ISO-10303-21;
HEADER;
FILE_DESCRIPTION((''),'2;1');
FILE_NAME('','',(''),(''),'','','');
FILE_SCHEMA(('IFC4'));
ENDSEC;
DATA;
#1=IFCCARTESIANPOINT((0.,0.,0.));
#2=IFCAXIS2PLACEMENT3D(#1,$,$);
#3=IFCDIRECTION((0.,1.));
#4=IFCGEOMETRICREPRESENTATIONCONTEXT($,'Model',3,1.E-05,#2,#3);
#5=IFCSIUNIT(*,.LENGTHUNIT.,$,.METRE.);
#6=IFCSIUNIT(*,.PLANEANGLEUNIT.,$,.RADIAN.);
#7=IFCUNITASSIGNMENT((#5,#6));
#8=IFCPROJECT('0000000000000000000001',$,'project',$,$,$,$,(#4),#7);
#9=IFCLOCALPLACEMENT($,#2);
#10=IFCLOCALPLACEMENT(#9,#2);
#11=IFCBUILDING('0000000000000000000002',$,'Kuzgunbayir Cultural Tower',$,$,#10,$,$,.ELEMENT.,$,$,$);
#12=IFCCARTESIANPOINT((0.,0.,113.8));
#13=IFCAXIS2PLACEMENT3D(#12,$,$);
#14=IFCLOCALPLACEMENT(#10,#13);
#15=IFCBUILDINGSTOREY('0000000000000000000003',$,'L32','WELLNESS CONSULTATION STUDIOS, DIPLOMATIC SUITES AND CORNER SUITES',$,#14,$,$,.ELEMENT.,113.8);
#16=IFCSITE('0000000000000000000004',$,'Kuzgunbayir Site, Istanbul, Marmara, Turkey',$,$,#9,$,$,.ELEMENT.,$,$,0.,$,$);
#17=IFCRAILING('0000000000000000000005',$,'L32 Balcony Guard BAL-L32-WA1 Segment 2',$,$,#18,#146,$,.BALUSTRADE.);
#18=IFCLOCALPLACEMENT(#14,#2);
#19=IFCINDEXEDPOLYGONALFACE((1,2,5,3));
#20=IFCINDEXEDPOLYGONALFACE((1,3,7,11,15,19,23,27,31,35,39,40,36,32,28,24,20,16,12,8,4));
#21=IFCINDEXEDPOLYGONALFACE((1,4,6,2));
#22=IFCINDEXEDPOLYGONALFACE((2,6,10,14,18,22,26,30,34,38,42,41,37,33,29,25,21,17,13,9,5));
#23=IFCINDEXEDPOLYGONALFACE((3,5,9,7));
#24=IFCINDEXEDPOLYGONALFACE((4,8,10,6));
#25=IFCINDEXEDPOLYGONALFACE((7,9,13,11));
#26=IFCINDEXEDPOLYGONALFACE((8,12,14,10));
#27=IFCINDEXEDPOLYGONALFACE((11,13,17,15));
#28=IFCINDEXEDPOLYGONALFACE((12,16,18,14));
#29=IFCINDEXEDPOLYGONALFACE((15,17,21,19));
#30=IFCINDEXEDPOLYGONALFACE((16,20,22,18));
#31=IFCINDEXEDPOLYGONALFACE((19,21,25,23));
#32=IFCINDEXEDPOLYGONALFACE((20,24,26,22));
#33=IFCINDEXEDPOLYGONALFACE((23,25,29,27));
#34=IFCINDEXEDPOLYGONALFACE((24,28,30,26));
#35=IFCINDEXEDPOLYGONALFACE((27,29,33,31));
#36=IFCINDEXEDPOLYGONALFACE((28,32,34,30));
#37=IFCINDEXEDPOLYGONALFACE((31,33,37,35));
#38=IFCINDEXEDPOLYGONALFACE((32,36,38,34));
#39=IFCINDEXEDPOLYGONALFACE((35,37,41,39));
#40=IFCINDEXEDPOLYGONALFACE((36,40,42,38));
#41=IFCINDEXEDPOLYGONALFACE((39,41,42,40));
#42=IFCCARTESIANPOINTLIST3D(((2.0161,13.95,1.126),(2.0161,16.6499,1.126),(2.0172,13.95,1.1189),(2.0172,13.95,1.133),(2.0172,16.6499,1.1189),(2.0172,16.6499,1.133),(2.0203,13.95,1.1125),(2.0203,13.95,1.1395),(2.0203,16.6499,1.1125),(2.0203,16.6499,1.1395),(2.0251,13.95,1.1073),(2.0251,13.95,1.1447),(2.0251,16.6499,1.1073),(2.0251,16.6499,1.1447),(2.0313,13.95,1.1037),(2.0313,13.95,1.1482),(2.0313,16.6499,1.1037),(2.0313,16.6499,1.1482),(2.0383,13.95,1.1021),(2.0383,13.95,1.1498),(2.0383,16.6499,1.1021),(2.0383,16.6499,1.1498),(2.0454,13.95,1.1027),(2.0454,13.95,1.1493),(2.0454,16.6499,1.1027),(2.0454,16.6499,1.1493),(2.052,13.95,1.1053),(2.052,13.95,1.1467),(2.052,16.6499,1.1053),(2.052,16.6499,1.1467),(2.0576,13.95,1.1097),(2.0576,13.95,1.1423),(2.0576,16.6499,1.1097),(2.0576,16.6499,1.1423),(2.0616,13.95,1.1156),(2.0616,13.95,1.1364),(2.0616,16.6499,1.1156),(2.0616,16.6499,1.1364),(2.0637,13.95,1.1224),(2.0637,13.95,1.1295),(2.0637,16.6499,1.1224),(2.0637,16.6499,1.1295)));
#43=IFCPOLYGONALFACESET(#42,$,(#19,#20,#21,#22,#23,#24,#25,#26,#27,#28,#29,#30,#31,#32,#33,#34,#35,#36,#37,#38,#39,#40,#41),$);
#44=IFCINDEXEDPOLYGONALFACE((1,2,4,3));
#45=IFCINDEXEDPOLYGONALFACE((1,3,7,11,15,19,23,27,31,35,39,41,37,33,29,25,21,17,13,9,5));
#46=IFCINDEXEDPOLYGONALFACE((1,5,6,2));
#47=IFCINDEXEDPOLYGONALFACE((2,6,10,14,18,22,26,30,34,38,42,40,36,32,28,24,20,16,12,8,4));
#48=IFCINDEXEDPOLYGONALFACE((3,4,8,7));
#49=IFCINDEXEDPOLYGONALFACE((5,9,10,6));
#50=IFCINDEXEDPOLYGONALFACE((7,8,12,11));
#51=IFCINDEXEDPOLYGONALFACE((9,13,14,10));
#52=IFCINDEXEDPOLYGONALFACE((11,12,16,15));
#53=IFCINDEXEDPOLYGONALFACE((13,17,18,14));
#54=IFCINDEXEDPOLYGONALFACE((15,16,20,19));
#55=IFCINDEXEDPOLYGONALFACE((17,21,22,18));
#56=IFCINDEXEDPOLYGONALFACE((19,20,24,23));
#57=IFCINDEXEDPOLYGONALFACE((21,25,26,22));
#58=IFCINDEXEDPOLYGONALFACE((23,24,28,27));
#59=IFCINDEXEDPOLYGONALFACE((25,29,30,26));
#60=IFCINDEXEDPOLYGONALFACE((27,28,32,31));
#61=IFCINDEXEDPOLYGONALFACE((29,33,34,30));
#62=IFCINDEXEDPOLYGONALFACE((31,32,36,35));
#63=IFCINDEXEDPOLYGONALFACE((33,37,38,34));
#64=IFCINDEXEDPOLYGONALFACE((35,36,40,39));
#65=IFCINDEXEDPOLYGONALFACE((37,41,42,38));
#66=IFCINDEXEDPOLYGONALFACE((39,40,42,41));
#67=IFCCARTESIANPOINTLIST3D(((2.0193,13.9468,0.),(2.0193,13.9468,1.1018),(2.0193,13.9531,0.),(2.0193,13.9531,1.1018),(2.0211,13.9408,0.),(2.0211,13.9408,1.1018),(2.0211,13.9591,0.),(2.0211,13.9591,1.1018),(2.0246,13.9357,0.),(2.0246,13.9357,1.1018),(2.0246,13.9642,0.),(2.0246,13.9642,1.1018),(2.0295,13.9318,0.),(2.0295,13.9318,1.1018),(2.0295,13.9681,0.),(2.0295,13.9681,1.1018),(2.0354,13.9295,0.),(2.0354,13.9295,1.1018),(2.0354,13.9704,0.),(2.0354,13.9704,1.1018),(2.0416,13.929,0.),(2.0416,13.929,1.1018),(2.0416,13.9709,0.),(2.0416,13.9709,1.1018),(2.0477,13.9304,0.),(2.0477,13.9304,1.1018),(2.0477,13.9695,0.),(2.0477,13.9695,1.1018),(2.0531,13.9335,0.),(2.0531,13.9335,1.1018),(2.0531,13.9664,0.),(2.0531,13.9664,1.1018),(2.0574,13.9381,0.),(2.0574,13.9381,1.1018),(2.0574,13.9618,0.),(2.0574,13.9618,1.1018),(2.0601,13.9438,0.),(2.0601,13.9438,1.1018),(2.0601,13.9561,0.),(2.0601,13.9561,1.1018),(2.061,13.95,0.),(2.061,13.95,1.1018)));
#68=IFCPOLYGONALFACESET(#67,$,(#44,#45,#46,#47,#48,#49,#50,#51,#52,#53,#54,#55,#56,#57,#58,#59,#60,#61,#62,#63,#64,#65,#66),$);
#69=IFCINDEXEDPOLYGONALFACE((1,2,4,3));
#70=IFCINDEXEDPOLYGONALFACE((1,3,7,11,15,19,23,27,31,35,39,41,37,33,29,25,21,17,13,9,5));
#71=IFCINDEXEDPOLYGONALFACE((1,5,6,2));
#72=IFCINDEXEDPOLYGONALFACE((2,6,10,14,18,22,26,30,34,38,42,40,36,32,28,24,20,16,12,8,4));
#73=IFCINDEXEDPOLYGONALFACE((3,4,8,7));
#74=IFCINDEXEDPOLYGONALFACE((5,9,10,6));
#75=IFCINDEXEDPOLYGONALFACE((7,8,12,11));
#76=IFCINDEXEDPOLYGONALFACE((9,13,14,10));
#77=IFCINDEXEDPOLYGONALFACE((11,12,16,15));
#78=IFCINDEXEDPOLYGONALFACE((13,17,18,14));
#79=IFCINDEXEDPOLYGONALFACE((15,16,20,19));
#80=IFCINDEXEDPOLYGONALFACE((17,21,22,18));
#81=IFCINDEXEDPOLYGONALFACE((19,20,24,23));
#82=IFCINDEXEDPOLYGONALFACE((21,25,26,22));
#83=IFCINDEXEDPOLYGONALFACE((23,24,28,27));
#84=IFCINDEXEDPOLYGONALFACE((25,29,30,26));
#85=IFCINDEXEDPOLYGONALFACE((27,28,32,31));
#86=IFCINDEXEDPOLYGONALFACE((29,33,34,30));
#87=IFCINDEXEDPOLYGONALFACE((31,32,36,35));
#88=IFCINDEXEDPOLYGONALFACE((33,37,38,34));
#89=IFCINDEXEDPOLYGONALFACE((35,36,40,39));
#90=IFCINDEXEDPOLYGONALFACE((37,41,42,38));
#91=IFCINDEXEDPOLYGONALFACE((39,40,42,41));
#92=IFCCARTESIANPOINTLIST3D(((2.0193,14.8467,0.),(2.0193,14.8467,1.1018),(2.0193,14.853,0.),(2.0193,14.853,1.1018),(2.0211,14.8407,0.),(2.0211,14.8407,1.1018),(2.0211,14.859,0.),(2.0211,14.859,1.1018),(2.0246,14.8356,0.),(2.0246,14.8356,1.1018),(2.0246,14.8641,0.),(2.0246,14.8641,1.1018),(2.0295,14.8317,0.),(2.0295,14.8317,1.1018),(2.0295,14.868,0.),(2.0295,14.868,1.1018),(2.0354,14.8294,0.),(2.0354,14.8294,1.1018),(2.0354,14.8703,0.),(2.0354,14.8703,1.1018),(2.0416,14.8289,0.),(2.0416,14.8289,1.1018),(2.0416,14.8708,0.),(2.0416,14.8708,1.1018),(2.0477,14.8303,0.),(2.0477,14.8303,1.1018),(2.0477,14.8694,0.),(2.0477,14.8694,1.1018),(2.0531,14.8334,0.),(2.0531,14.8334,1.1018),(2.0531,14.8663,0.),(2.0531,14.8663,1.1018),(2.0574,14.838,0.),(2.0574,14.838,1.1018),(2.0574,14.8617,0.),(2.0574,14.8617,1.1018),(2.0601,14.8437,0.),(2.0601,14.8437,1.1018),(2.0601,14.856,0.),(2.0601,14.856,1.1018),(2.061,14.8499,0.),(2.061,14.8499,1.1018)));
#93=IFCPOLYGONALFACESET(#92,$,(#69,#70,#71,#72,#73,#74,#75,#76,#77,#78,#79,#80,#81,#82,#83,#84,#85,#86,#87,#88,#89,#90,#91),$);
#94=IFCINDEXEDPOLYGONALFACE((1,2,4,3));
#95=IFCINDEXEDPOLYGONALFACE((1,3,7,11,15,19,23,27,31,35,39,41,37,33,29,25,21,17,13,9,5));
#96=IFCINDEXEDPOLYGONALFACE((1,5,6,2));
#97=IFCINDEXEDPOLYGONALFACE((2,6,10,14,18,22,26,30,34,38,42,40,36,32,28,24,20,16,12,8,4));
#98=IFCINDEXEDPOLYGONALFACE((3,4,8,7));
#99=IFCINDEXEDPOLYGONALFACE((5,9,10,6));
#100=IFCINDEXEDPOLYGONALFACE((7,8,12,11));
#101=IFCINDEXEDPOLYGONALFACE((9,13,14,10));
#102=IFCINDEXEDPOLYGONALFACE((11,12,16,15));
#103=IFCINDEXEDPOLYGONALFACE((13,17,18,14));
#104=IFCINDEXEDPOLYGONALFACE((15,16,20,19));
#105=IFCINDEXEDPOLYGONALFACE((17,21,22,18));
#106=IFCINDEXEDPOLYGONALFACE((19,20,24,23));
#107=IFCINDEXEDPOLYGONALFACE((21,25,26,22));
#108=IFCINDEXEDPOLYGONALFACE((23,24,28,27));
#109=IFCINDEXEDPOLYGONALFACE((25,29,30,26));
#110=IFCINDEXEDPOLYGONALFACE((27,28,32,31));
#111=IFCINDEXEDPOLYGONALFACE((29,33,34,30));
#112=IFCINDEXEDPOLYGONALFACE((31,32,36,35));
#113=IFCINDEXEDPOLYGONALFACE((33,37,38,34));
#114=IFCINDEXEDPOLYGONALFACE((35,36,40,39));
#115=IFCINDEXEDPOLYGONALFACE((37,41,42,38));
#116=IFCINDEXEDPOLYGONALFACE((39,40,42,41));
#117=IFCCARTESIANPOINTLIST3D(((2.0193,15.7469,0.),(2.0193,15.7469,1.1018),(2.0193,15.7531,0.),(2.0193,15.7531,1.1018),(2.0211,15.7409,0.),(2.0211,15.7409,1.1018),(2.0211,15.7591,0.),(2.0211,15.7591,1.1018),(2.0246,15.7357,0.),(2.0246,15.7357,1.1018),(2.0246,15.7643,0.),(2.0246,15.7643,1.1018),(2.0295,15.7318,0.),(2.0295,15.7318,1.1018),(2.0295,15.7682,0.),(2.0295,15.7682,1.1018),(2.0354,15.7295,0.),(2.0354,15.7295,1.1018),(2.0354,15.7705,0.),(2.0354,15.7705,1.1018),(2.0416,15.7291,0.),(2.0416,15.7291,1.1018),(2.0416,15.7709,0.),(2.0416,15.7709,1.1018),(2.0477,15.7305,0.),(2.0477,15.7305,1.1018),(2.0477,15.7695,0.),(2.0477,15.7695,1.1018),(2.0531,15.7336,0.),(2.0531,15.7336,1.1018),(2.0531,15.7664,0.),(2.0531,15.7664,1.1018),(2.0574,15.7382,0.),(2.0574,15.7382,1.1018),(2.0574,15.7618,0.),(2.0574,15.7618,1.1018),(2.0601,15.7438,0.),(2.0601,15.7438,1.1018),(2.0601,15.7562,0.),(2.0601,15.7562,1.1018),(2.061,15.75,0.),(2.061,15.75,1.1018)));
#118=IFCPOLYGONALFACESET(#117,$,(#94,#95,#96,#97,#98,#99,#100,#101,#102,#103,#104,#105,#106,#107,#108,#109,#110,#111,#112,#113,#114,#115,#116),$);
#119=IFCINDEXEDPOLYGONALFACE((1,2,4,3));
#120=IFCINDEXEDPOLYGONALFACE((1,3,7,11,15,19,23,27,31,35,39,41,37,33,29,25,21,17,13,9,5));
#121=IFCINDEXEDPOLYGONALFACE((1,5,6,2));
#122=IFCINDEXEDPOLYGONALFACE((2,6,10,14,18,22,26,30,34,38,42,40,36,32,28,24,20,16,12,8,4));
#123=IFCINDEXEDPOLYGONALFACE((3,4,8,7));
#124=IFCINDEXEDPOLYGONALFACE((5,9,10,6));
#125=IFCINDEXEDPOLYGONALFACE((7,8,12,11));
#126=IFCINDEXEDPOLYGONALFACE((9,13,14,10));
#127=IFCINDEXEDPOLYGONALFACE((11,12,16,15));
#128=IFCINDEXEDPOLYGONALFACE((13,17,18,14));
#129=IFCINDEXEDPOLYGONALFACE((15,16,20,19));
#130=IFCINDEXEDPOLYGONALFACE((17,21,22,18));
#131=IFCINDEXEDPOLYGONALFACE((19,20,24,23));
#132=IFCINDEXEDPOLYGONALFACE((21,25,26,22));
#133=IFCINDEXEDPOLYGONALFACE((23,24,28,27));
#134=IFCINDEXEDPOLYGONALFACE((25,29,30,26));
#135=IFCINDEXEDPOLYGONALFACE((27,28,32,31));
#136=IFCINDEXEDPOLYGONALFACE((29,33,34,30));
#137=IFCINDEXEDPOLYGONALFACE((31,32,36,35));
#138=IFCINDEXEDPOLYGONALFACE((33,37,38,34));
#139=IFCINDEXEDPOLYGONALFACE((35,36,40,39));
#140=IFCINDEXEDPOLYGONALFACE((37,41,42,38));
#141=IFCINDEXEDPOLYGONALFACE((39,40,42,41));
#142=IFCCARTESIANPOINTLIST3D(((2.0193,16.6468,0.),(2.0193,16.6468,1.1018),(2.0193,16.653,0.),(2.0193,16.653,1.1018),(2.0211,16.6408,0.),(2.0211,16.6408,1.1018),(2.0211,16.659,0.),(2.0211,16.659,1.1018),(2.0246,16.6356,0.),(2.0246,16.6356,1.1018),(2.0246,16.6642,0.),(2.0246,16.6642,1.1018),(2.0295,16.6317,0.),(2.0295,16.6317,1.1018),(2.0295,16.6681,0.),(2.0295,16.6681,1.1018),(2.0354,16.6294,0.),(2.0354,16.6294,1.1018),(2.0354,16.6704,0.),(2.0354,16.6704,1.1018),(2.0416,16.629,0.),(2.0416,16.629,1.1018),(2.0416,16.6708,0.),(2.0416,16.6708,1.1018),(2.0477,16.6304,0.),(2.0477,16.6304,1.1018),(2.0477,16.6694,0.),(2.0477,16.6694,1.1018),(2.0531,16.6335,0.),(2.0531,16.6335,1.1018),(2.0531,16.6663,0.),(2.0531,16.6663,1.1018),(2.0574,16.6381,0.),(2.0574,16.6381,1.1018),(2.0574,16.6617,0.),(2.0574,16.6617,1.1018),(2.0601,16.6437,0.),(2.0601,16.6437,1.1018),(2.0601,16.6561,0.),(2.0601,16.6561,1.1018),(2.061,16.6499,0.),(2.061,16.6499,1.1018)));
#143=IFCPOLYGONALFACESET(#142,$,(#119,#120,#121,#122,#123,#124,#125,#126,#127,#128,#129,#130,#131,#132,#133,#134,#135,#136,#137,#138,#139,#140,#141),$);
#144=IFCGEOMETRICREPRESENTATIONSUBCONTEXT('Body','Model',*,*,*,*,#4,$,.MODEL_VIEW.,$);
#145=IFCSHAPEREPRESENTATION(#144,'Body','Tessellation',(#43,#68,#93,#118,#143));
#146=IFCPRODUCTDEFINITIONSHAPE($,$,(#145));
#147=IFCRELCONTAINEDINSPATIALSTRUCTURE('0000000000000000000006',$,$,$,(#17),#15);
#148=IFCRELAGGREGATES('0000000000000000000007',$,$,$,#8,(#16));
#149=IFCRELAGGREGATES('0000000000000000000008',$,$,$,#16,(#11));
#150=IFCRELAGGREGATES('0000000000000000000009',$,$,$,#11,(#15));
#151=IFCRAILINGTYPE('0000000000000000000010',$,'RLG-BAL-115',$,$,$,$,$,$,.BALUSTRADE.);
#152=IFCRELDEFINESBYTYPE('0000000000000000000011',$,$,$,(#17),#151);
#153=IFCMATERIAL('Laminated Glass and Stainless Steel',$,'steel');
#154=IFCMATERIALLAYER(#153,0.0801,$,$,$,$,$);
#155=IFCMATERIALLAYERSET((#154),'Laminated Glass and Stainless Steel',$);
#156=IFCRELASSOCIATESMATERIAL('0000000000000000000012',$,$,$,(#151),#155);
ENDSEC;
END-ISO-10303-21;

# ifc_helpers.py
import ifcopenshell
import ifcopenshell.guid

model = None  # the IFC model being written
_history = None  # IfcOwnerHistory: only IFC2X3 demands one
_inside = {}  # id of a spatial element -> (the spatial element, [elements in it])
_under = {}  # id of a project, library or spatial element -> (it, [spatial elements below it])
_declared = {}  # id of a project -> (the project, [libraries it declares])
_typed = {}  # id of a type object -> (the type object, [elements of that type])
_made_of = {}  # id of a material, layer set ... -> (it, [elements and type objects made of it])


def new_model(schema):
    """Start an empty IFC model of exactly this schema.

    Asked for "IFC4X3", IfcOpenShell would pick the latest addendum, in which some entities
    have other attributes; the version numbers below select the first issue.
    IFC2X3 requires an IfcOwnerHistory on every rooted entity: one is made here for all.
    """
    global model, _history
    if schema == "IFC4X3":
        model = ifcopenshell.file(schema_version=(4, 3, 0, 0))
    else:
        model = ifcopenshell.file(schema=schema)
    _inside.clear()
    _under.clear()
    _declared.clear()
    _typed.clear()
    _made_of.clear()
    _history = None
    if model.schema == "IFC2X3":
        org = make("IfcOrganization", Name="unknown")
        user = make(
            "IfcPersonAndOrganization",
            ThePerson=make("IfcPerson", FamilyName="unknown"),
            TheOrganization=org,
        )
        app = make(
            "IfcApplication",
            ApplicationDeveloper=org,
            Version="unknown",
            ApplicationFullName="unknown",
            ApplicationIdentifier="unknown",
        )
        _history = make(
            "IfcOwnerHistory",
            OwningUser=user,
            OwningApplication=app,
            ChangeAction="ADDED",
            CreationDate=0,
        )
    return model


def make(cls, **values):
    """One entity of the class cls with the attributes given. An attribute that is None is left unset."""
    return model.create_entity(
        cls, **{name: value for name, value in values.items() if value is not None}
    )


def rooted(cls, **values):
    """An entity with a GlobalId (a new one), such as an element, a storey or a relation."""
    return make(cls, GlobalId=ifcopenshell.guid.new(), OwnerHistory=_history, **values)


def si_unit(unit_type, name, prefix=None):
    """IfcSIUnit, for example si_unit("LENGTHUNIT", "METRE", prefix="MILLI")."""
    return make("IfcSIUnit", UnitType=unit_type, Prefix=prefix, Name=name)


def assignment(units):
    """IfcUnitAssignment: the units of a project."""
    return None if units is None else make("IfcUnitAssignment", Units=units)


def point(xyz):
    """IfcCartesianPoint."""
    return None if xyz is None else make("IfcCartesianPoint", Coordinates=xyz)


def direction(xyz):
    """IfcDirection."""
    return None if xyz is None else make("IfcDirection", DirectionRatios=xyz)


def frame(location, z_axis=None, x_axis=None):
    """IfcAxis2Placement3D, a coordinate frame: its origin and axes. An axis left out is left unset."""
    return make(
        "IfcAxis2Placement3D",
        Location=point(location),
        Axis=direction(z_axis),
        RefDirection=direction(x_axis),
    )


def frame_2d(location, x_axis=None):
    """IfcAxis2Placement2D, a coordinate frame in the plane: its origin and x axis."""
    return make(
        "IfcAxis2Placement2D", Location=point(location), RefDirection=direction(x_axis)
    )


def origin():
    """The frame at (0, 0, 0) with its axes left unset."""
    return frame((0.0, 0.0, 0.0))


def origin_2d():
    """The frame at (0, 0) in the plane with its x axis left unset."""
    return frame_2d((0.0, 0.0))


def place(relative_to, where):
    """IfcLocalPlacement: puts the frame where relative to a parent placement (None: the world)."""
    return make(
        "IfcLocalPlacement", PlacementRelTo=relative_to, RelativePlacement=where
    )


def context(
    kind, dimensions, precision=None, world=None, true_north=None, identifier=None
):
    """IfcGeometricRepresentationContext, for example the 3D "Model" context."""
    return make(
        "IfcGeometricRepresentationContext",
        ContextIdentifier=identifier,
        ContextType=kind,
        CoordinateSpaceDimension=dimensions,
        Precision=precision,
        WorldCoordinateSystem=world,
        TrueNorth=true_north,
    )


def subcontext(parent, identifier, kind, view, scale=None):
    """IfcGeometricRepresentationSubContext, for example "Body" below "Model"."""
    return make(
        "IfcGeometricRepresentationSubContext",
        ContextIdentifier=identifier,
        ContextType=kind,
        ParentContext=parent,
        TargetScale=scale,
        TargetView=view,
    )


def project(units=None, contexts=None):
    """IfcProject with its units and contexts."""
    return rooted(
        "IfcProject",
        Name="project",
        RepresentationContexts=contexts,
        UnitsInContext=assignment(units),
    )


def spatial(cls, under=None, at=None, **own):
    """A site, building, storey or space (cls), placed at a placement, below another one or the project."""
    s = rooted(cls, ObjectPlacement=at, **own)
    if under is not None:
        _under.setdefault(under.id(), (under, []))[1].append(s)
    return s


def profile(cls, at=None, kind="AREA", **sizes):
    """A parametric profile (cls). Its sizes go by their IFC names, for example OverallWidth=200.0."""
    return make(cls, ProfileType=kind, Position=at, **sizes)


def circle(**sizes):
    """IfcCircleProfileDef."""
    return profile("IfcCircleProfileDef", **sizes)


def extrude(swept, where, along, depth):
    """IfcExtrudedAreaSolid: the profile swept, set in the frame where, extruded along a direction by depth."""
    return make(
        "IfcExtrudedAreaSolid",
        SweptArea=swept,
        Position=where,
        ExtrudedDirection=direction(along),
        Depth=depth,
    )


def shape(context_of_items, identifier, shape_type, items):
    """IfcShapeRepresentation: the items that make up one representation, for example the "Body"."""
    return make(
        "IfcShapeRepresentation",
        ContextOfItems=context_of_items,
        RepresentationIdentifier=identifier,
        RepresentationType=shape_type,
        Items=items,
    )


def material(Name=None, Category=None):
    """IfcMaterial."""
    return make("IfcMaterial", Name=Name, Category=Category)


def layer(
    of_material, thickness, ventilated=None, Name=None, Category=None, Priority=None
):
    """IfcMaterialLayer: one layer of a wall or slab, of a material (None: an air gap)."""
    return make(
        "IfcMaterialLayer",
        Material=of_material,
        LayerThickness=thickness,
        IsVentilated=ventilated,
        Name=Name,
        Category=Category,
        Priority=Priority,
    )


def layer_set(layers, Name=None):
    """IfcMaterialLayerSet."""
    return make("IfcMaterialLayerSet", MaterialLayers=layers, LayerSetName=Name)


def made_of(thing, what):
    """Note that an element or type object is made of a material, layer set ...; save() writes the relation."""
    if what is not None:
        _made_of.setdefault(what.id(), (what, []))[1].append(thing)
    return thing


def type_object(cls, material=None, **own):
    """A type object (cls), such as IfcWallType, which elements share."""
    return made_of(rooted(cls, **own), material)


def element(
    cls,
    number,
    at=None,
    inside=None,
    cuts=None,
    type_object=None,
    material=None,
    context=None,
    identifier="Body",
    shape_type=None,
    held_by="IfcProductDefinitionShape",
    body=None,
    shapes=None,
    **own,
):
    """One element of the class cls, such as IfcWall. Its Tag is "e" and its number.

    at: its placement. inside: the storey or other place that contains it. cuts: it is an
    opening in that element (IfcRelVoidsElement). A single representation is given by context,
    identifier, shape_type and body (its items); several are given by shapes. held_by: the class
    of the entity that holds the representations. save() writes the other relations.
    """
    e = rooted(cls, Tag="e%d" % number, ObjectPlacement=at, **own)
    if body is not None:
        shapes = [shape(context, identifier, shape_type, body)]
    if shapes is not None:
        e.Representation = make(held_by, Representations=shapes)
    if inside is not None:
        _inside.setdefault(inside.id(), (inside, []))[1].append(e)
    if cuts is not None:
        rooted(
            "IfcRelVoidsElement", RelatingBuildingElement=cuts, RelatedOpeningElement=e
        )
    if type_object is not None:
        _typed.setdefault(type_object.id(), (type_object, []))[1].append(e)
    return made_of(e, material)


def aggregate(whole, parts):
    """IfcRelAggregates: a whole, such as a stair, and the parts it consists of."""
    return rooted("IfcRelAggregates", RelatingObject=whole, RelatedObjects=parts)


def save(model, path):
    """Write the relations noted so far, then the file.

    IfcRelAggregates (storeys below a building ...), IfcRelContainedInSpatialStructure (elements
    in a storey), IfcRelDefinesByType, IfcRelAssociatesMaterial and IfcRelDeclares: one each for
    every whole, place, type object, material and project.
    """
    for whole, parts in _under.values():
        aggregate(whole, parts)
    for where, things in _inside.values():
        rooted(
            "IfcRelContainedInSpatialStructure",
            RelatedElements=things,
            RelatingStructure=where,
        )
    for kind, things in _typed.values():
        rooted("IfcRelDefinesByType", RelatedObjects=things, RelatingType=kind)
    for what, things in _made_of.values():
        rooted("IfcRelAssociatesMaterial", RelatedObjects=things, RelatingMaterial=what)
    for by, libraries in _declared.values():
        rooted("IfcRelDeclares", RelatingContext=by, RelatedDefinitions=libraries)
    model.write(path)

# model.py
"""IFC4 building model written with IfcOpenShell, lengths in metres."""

from ifc_helpers import new_model, si_unit, direction, frame, origin, origin_2d, place, context, subcontext, project, spatial, circle, extrude, material, layer, layer_set, type_object, element, save


model = new_model("IFC4")

# Units and contexts
model_context = context("Model", 3, precision=1e-05, world=origin(), true_north=direction((0.0, 1.0)))
body_context = subcontext(model_context, "Body", "Model", "MODEL_VIEW")
ifc_project = project(units=[si_unit("LENGTHUNIT", "METRE"), si_unit("PLANEANGLEUNIT", "RADIAN")], contexts=[model_context])

# Site, building, storey
site_placement = place(None, origin())
site = spatial("IfcSite", under=ifc_project, at=site_placement, Name="Kuzgunbayir Site, Istanbul, Marmara, Turkey", CompositionType="ELEMENT", RefElevation=0.0)
building_placement = place(site_placement, origin())
building = spatial("IfcBuilding", under=site, at=building_placement, Name="Kuzgunbayir Cultural Tower", CompositionType="ELEMENT")
storey_placement = place(building_placement, frame((0.0, 0.0, 113.8)))
storey = spatial("IfcBuildingStorey", under=building, at=storey_placement, Name="L32", Description="WELLNESS CONSULTATION STUDIOS, DIPLOMATIC SUITES AND CORNER SUITES", CompositionType="ELEMENT", Elevation=113.8)

# Railing
ifc_material_1 = material(Name="Laminated Glass and Stainless Steel", Category="steel")
ifc_layer_1 = layer(ifc_material_1, 0.0801)
ifc_layer_set_1 = layer_set([ifc_layer_1], Name="Laminated Glass and Stainless Steel")
railing_type = type_object("IfcRailingType", Name="RLG-BAL-115", PredefinedType="BALUSTRADE", material=ifc_layer_set_1)
railing_1_placement = place(storey_placement, frame((2.04, 13.95, 0.0)))
element("IfcRailing", 1, at=railing_1_placement, inside=storey, type_object=railing_type, Name="L32 Balcony Guard BAL-L32-WA1 Segment 2", PredefinedType="BALUSTRADE", context=body_context, shape_type="SweptSolid", body=[
    extrude(circle(Radius=0.0239, at=origin_2d()), frame((0.0, 0.0, 1.126), z_axis=(0.0, 1.0, 0.0), x_axis=(-1.0, 0.0, 0.0)), (0.0, 0.0, 1.0), 2.7),
    extrude(circle(Radius=0.021, at=origin_2d()), origin(), (0.0, 0.0, 1.0), 1.1018),
    extrude(circle(Radius=0.021, at=origin_2d()), frame((0.0, 0.8999, 0.0)), (0.0, 0.0, 1.0), 1.1018),
    extrude(circle(Radius=0.021, at=origin_2d()), frame((0.0, 1.8, 0.0)), (0.0, 0.0, 1.0), 1.1018),
    extrude(circle(Radius=0.021, at=origin_2d()), frame((0.0, 2.7, 0.0)), (0.0, 0.0, 1.0), 1.1018),
])

save(model, "model.ifc")
